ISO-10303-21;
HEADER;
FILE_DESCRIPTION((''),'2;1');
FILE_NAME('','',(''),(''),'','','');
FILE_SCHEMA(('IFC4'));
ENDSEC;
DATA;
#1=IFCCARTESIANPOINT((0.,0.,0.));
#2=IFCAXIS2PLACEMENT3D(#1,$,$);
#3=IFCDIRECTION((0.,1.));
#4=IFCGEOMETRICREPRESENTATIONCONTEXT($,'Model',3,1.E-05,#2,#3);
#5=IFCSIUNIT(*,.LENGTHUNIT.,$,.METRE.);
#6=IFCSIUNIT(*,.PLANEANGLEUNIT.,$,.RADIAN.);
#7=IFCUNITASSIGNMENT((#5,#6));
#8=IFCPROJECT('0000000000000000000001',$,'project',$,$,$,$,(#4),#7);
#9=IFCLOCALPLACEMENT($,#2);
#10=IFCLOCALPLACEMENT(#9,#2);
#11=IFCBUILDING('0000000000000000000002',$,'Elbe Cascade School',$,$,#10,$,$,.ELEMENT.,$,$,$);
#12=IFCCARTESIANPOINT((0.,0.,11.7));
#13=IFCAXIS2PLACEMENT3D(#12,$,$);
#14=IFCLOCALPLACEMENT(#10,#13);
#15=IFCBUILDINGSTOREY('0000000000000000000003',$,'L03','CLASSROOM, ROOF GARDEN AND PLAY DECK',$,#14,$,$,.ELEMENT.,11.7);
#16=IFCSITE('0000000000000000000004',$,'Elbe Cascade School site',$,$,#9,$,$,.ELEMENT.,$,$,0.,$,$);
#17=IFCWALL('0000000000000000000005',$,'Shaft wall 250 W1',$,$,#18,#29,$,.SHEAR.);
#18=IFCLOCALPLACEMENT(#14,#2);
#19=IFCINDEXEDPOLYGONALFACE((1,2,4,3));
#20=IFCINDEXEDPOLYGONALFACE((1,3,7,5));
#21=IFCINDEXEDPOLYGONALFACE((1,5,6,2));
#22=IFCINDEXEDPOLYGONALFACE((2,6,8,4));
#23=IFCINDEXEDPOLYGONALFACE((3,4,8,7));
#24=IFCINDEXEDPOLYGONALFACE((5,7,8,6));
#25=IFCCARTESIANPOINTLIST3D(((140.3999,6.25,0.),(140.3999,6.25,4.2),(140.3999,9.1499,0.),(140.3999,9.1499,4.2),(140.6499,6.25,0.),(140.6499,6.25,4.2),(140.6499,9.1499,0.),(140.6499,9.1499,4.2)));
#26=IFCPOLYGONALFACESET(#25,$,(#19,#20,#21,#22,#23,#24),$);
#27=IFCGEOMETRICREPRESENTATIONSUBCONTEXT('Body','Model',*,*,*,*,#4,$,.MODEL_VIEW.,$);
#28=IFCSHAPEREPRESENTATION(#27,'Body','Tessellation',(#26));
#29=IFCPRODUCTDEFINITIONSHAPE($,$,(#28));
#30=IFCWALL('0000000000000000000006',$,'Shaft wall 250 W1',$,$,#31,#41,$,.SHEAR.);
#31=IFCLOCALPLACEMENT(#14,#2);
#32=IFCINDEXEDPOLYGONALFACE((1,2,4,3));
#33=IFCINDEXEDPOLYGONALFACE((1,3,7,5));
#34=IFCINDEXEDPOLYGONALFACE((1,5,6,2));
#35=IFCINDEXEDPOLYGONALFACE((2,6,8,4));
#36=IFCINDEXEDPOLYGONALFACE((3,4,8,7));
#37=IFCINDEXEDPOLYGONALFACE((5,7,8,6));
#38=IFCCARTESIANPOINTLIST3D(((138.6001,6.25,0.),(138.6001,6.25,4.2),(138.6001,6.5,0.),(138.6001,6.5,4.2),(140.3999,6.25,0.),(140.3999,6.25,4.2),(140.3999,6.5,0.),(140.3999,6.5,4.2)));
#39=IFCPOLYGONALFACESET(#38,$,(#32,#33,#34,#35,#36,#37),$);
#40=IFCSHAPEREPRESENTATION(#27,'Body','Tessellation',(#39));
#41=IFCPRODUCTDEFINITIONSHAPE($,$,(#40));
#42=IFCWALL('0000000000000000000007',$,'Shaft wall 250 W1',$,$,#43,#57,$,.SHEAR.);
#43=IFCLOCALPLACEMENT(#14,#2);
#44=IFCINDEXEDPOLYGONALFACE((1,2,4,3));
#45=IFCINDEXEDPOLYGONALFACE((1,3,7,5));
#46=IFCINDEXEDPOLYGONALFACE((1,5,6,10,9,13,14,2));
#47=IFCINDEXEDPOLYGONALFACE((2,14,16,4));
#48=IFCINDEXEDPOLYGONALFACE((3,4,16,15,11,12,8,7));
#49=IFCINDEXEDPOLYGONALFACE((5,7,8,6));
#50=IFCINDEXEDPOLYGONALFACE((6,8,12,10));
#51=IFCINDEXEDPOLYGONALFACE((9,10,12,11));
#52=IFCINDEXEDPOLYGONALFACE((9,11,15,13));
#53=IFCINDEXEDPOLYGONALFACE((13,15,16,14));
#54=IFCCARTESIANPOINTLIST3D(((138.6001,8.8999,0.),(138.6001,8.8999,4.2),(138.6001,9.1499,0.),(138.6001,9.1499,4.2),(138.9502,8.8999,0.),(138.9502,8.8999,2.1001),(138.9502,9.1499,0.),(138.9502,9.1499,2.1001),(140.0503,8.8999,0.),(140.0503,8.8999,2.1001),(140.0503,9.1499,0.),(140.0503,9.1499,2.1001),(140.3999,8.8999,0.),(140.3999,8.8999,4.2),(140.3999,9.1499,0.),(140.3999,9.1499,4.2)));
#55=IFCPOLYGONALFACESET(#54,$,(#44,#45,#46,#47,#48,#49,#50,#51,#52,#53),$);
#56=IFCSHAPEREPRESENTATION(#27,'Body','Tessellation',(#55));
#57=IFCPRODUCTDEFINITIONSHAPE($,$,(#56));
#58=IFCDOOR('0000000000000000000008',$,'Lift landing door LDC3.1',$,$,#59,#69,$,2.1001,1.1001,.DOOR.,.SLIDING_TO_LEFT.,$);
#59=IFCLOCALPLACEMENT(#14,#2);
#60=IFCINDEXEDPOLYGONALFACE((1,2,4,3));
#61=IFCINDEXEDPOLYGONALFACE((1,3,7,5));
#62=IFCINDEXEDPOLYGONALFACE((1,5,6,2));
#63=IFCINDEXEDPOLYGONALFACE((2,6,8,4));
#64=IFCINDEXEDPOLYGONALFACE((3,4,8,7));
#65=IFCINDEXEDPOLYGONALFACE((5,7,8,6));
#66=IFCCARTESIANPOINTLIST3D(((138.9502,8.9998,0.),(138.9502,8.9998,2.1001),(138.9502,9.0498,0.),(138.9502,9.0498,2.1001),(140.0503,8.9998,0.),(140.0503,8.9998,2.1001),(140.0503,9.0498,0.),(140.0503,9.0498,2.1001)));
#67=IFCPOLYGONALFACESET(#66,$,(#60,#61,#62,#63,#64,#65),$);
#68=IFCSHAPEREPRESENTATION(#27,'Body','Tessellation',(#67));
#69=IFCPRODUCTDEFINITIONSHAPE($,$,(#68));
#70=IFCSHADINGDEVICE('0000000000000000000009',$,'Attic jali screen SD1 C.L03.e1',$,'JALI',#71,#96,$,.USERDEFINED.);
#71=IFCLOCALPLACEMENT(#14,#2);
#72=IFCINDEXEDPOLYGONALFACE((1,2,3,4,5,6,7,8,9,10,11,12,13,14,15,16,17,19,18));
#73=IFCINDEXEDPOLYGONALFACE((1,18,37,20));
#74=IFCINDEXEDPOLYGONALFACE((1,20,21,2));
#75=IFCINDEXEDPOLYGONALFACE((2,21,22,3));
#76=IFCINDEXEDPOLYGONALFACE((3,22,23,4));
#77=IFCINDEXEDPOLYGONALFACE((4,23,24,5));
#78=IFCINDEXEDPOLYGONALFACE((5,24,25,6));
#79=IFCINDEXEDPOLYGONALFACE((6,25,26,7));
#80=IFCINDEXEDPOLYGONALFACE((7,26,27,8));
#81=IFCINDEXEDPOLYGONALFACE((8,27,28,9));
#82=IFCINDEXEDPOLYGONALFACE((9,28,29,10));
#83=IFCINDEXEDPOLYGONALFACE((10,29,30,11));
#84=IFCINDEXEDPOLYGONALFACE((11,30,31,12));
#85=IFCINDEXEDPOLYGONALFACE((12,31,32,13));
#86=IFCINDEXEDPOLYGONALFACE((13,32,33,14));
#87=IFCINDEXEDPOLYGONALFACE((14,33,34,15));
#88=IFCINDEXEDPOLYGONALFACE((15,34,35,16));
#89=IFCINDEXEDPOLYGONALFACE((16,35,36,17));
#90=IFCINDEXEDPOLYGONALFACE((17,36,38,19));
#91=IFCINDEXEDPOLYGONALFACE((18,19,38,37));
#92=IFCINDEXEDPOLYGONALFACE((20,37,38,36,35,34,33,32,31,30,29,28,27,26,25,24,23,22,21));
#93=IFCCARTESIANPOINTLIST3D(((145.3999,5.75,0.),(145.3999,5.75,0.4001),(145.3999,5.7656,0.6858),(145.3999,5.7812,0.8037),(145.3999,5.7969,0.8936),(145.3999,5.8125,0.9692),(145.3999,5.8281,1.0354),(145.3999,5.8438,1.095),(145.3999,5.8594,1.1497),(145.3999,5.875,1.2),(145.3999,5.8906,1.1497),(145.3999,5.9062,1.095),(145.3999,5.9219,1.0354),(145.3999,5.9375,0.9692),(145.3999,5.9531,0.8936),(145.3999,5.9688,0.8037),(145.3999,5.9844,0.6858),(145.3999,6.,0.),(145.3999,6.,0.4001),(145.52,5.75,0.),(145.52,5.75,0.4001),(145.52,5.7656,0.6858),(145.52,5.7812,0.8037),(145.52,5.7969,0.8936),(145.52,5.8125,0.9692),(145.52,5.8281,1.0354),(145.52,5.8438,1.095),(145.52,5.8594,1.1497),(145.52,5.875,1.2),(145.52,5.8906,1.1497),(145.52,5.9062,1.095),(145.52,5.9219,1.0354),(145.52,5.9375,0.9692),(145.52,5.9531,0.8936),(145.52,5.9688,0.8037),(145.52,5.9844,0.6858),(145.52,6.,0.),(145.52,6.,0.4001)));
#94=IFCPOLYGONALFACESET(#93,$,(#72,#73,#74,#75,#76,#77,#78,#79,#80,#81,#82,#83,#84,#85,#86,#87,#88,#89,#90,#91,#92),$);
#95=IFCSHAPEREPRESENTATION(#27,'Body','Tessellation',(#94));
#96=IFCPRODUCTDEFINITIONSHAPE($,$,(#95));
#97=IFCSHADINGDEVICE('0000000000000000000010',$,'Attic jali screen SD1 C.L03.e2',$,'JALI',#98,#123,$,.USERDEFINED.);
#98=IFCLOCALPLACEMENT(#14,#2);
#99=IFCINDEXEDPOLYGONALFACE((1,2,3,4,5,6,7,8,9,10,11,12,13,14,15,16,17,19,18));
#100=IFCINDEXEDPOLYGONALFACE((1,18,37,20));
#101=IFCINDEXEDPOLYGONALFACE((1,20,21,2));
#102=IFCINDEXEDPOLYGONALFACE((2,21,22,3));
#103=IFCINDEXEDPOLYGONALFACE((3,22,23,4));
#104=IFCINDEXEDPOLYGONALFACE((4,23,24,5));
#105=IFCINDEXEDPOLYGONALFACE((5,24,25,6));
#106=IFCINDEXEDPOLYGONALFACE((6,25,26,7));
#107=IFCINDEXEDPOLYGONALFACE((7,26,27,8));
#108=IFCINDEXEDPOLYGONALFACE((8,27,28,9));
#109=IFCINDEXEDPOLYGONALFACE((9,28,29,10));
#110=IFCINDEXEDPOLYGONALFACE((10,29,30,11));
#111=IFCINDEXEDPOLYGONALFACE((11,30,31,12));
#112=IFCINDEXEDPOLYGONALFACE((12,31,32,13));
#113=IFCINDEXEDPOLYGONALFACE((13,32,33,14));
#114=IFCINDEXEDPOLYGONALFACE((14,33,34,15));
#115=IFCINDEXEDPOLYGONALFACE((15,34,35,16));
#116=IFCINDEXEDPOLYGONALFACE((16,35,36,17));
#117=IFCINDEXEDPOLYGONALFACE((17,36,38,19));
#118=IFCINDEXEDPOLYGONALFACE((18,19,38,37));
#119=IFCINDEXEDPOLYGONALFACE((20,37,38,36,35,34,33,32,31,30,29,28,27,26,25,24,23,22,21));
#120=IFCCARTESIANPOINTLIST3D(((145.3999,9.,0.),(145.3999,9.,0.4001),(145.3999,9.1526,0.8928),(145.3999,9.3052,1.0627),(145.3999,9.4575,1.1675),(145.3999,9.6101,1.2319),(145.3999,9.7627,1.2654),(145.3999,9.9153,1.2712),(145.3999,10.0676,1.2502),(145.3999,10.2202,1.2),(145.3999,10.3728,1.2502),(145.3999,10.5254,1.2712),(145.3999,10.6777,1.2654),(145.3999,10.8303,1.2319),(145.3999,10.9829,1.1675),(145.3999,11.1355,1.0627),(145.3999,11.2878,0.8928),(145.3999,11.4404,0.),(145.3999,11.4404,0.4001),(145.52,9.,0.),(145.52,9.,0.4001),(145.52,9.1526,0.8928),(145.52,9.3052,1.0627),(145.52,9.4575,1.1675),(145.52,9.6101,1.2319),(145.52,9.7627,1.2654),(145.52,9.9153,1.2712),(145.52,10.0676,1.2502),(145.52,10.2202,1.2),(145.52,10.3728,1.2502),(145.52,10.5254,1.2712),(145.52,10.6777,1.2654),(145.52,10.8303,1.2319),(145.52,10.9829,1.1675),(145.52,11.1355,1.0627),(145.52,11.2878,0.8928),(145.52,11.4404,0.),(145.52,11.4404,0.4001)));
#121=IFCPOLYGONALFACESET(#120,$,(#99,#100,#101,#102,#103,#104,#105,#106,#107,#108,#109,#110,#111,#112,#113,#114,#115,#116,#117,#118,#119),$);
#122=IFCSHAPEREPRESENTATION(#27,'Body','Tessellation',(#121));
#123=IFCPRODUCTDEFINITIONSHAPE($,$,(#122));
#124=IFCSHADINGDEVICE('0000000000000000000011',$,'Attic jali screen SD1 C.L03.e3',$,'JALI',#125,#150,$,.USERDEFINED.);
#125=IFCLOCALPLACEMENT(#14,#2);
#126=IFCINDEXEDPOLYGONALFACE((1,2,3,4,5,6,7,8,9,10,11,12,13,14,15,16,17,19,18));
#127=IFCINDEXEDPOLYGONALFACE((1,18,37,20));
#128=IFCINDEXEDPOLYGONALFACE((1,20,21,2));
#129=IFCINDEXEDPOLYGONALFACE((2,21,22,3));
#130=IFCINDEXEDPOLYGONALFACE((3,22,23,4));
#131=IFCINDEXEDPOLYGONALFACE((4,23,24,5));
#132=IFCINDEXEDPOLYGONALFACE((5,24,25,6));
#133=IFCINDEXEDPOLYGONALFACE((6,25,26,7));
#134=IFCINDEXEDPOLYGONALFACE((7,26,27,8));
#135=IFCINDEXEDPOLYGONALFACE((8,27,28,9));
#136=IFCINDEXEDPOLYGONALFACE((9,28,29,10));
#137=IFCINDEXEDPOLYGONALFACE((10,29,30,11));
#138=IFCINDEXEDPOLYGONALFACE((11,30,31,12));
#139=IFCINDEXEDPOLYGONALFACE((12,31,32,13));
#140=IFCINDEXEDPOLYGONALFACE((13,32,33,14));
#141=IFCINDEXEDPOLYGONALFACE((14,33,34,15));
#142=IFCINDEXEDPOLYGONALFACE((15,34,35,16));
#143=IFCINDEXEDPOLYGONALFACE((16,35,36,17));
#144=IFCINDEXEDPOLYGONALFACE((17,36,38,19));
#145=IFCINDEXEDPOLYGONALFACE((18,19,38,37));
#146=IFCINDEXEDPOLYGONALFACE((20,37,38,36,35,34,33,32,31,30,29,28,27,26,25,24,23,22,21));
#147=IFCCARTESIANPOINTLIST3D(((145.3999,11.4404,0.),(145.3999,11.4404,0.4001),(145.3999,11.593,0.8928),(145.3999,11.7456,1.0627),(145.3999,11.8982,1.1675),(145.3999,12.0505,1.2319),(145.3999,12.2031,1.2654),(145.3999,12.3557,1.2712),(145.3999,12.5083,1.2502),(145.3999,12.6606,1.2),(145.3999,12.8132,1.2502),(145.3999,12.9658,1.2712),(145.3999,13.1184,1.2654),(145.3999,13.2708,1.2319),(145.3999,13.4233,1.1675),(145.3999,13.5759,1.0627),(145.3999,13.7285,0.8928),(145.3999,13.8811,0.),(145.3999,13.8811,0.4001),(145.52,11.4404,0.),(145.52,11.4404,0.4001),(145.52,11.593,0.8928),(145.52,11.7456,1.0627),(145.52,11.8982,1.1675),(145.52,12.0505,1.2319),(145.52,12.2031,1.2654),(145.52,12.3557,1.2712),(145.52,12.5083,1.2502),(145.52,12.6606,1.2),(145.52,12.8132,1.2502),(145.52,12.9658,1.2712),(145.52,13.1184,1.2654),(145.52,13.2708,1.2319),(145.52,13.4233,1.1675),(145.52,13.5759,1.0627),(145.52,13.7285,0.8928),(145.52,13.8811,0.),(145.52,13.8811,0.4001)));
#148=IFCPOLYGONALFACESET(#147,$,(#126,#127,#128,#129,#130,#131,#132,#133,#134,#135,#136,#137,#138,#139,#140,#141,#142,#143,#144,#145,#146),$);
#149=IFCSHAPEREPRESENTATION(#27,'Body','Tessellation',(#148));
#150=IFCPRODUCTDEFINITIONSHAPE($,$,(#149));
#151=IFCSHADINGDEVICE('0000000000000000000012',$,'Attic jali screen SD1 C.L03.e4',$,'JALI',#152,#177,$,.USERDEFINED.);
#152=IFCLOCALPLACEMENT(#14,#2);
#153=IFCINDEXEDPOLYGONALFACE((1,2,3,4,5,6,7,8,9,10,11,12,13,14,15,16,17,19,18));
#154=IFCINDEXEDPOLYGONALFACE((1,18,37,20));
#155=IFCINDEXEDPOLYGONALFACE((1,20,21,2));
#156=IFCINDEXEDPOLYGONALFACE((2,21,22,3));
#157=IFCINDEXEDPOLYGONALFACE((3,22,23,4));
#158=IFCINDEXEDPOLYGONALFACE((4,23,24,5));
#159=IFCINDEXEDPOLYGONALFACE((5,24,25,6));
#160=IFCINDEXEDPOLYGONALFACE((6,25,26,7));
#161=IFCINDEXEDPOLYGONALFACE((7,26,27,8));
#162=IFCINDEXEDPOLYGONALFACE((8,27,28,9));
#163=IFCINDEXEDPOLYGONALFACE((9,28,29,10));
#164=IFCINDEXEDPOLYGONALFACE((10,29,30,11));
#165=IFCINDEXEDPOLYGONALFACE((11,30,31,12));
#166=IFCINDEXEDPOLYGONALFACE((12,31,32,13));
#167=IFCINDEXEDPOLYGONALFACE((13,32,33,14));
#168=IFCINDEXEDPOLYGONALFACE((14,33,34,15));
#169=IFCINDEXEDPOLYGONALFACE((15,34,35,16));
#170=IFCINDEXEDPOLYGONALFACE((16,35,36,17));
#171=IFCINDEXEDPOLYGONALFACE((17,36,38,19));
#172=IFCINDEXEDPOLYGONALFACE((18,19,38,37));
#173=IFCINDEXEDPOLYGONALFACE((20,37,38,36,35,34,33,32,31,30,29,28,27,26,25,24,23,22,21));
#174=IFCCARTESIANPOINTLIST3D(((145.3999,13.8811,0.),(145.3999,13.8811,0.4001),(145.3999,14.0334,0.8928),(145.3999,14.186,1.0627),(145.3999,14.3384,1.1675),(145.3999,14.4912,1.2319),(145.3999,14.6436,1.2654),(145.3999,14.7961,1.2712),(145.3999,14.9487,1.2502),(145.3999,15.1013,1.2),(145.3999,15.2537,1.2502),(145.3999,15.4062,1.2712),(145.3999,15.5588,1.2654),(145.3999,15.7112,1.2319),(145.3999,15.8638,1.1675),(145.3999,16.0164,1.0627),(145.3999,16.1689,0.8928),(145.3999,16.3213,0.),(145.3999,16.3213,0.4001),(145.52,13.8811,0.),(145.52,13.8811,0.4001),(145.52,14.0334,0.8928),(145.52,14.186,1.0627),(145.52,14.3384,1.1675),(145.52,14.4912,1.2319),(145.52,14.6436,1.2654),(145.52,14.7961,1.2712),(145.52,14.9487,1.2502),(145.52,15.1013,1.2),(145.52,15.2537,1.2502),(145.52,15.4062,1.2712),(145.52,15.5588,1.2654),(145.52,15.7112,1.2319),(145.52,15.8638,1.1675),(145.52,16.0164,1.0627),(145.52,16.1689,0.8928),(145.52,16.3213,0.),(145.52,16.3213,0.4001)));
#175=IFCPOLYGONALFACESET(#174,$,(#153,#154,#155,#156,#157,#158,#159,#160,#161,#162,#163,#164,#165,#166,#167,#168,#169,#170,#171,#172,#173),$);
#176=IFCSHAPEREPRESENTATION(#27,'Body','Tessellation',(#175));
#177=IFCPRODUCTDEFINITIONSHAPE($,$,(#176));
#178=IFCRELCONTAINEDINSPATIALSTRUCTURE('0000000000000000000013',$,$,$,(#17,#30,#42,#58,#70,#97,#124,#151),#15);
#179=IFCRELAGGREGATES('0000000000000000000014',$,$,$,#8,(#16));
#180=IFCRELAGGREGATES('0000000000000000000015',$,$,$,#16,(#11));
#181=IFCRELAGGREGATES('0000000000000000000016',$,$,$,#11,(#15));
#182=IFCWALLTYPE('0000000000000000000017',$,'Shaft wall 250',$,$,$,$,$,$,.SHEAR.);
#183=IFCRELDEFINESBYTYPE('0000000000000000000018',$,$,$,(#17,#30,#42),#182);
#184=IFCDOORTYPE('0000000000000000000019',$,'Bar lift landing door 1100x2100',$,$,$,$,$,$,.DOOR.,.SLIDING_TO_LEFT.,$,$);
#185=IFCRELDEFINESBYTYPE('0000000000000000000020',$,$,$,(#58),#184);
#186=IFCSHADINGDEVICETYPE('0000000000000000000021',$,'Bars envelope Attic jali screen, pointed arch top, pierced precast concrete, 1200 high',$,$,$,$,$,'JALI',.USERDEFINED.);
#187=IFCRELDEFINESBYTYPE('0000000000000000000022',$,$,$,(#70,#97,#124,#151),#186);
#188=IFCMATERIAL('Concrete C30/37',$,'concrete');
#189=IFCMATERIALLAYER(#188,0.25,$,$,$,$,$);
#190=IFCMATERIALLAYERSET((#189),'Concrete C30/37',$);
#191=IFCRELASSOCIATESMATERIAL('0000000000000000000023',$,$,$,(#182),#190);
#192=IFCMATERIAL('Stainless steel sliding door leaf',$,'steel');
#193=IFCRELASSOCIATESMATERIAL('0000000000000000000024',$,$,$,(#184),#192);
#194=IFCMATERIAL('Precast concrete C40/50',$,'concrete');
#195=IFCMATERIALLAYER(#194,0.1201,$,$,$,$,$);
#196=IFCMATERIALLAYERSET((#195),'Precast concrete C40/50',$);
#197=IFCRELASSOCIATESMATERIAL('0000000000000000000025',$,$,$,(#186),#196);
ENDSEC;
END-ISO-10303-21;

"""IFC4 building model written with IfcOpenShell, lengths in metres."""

from ifc_helpers import new_model, si_unit, direction, frame, frame_2d, origin, place, context, subcontext, project, spatial, polyline, rectangle, outline, extrude, material, layer, layer_set, type_object, element, fill, save


model = new_model("IFC4")

# Units and contexts
model_context = context("Model", 3, precision=1e-05, world=origin(), true_north=direction((0.0, 1.0)))
body_context = subcontext(model_context, "Body", "Model", "MODEL_VIEW")
ifc_project = project(units=[si_unit("LENGTHUNIT", "METRE"), si_unit("PLANEANGLEUNIT", "RADIAN")], contexts=[model_context])

# Site, building, storey
site_placement = place(None, origin())
site = spatial("IfcSite", under=ifc_project, at=site_placement, Name="Elbe Cascade School site", CompositionType="ELEMENT", RefElevation=0.0)
building_placement = place(site_placement, origin())
building = spatial("IfcBuilding", under=site, at=building_placement, Name="Elbe Cascade School", CompositionType="ELEMENT")
storey_placement = place(building_placement, frame((0.0, 0.0, 11.7)))
storey = spatial("IfcBuildingStorey", under=building, at=storey_placement, Name="L03", Description="CLASSROOM, ROOF GARDEN AND PLAY DECK", CompositionType="ELEMENT", Elevation=11.7)

# Walls
ifc_material_1 = material(Name="Concrete C30/37", Category="concrete")
ifc_layer_1 = layer(ifc_material_1, 0.25)
ifc_layer_set_1 = layer_set([ifc_layer_1], Name="Concrete C30/37")
wall_type_1 = type_object("IfcWallType", Name="Shaft wall 250", PredefinedType="SHEAR", material=ifc_layer_set_1)
wall_1_placement = place(storey_placement, frame((140.5249, 6.25, 0.0), z_axis=(0.0, 0.0, 1.0), x_axis=(0.0, 1.0, 0.0)))
element("IfcWall", 1, at=wall_1_placement, inside=storey, type_object=wall_type_1, Name="Shaft wall 250 W1", PredefinedType="SHEAR", context=body_context, shape_type="SweptSolid", body=[
    extrude(rectangle(XDim=2.8999, YDim=0.25, at=frame_2d((1.45, 0.0))), origin(), (0.0, 0.0, 1.0), 4.2),
])
wall_2_placement = place(storey_placement, frame((138.6001, 6.375, 0.0), z_axis=(0.0, 0.0, 1.0), x_axis=(1.0, 0.0, 0.0)))
element("IfcWall", 2, at=wall_2_placement, inside=storey, type_object=wall_type_1, Name="Shaft wall 250 W1", PredefinedType="SHEAR", context=body_context, shape_type="SweptSolid", body=[
    extrude(rectangle(XDim=1.7998, YDim=0.25, at=frame_2d((0.8999, 0.0))), origin(), (0.0, 0.0, 1.0), 4.2),
])

# Wall, opening, door
wall_3_placement = place(storey_placement, frame((138.6001, 9.0249, 0.0), z_axis=(0.0, 0.0, 1.0), x_axis=(1.0, 0.0, 0.0)))
wall_3 = element("IfcWall", 3, at=wall_3_placement, inside=storey, type_object=wall_type_1, Name="Shaft wall 250 W1", PredefinedType="SHEAR", context=body_context, shape_type="SweptSolid", body=[
    extrude(rectangle(XDim=1.7998, YDim=0.25, at=frame_2d((0.8999, 0.0))), origin(), (0.0, 0.0, 1.0), 4.2),
])
opening_1_placement = place(wall_3_placement, frame((0.3501, 0.0, 0.0)))
opening_1 = element("IfcOpeningElement", 4, at=opening_1_placement, cuts=wall_3, PredefinedType="OPENING", context=body_context, shape_type="SweptSolid", body=[
    extrude(rectangle(XDim=1.1001, YDim=2.1001, at=frame_2d((0.55, 1.05))), frame((0.0, 0.135, 0.0), z_axis=(0.0, -1.0, 0.0), x_axis=(1.0, 0.0, 0.0)), (0.0, 0.0, 1.0), 0.27),
])
ifc_material_2 = material(Name="Stainless steel sliding door leaf", Category="steel")
door_type_1 = type_object("IfcDoorType", Name="Bar lift landing door 1100x2100", OperationType="SLIDING_TO_LEFT", PredefinedType="DOOR", material=ifc_material_2)
door_1_placement = place(opening_1_placement, origin())
door_1 = element("IfcDoor", 5, at=door_1_placement, inside=storey, type_object=door_type_1, Name="Lift landing door LDC3.1", OperationType="SLIDING_TO_LEFT", OverallHeight=2.1001, OverallWidth=1.1001, PredefinedType="DOOR", context=body_context, shape_type="SweptSolid", body=[
    extrude(rectangle(XDim=1.1001, YDim=2.1001, at=frame_2d((0.55, 1.05))), frame((0.0, 0.0249, 0.0), z_axis=(0.0, -1.0, 0.0), x_axis=(1.0, 0.0, 0.0)), (0.0, 0.0, 1.0), 0.05),
])
fill(opening_1, door_1)

# Shading devices
ifc_material_3 = material(Name="Precast concrete C40/50", Category="concrete")
ifc_layer_2 = layer(ifc_material_3, 0.1201)
ifc_layer_set_2 = layer_set([ifc_layer_2], Name="Precast concrete C40/50")
shading_device_type = type_object("IfcShadingDeviceType", Name="Bars envelope Attic jali screen, pointed arch top, pierced precast concrete, 1200 high", ElementType="JALI", PredefinedType="USERDEFINED", material=ifc_layer_set_2)
shading_device_1_placement = place(storey_placement, frame((145.52, 5.75, 0.0), z_axis=(1.0, 0.0, 0.0), x_axis=(0.0, 1.0, 0.0)))
element("IfcShadingDevice", 6, at=shading_device_1_placement, inside=storey, type_object=shading_device_type, Name="Attic jali screen SD1 C.L03.e1", ObjectType="JALI", PredefinedType="USERDEFINED", context=body_context, shape_type="SweptSolid", body=[
    extrude(outline(polyline([(0.0, 0.0), (0.25, 0.0), (0.25, 0.4001), (0.2344, 0.6858), (0.2188, 0.8037), (0.2031, 0.8936), (0.1875, 0.9692), (0.1719, 1.0354), (0.1562, 1.095), (0.1406, 1.1497), (0.125, 1.2), (0.1094, 1.1497), (0.0938, 1.095), (0.0781, 1.0354), (0.0625, 0.9692), (0.0469, 0.8936), (0.0312, 0.8037), (0.0156, 0.6858), (0.0, 0.4001), (0.0, 0.0)])), origin(), (0.0, 0.0, -1.0), 0.1201),
])
shading_device_2_placement = place(storey_placement, frame((145.52, 9.0, 0.0), z_axis=(1.0, 0.0, 0.0), x_axis=(0.0, 1.0, 0.0)))
element("IfcShadingDevice", 7, at=shading_device_2_placement, inside=storey, type_object=shading_device_type, Name="Attic jali screen SD1 C.L03.e2", ObjectType="JALI", PredefinedType="USERDEFINED", context=body_context, shape_type="SweptSolid", body=[
    extrude(outline(polyline([(0.0, 0.0), (2.4404, 0.0), (2.4404, 0.4001), (2.2878, 0.8928), (2.1355, 1.0627), (1.9829, 1.1675), (1.8303, 1.2319), (1.6777, 1.2654), (1.5254, 1.2712), (1.3728, 1.2502), (1.2202, 1.2), (1.0676, 1.2502), (0.9153, 1.2712), (0.7627, 1.2654), (0.6101, 1.2319), (0.4575, 1.1675), (0.3052, 1.0627), (0.1526, 0.8928), (0.0, 0.4001), (0.0, 0.0)])), origin(), (0.0, 0.0, -1.0), 0.1201),
])
shading_device_3_placement = place(storey_placement, frame((145.52, 11.4404, 0.0), z_axis=(1.0, 0.0, 0.0), x_axis=(0.0, 1.0, 0.0)))
element("IfcShadingDevice", 8, at=shading_device_3_placement, inside=storey, type_object=shading_device_type, Name="Attic jali screen SD1 C.L03.e3", ObjectType="JALI", PredefinedType="USERDEFINED", context=body_context, shape_type="SweptSolid", body=[
    extrude(outline(polyline([(0.0, 0.0), (2.4407, 0.0), (2.4407, 0.4001), (2.2881, 0.8928), (2.1355, 1.0627), (1.9829, 1.1675), (1.8303, 1.2319), (1.678, 1.2654), (1.5254, 1.2712), (1.3728, 1.2502), (1.2202, 1.2), (1.0679, 1.2502), (0.9153, 1.2712), (0.7627, 1.2654), (0.6101, 1.2319), (0.4578, 1.1675), (0.3052, 1.0627), (0.1526, 0.8928), (0.0, 0.4001), (0.0, 0.0)])), origin(), (0.0, 0.0, -1.0), 0.1201),
])
shading_device_4_placement = place(storey_placement, frame((145.52, 13.8811, 0.0), z_axis=(1.0, 0.0, 0.0), x_axis=(0.0, 1.0, 0.0)))
element("IfcShadingDevice", 9, at=shading_device_4_placement, inside=storey, type_object=shading_device_type, Name="Attic jali screen SD1 C.L03.e4", ObjectType="JALI", PredefinedType="USERDEFINED", context=body_context, shape_type="SweptSolid", body=[
    extrude(outline(polyline([(0.0, 0.0), (2.4402, 0.0), (2.4402, 0.4001), (2.2878, 0.8928), (2.1353, 1.0627), (1.9827, 1.1675), (1.8301, 1.2319), (1.6777, 1.2654), (1.5251, 1.2712), (1.3726, 1.2502), (1.2202, 1.2), (1.0676, 1.2502), (0.915, 1.2712), (0.7625, 1.2654), (0.6101, 1.2319), (0.4573, 1.1675), (0.3049, 1.0627), (0.1523, 0.8928), (0.0, 0.4001), (0.0, 0.0)])), origin(), (0.0, 0.0, -1.0), 0.1201),
])

save(model, "model.ifc")
